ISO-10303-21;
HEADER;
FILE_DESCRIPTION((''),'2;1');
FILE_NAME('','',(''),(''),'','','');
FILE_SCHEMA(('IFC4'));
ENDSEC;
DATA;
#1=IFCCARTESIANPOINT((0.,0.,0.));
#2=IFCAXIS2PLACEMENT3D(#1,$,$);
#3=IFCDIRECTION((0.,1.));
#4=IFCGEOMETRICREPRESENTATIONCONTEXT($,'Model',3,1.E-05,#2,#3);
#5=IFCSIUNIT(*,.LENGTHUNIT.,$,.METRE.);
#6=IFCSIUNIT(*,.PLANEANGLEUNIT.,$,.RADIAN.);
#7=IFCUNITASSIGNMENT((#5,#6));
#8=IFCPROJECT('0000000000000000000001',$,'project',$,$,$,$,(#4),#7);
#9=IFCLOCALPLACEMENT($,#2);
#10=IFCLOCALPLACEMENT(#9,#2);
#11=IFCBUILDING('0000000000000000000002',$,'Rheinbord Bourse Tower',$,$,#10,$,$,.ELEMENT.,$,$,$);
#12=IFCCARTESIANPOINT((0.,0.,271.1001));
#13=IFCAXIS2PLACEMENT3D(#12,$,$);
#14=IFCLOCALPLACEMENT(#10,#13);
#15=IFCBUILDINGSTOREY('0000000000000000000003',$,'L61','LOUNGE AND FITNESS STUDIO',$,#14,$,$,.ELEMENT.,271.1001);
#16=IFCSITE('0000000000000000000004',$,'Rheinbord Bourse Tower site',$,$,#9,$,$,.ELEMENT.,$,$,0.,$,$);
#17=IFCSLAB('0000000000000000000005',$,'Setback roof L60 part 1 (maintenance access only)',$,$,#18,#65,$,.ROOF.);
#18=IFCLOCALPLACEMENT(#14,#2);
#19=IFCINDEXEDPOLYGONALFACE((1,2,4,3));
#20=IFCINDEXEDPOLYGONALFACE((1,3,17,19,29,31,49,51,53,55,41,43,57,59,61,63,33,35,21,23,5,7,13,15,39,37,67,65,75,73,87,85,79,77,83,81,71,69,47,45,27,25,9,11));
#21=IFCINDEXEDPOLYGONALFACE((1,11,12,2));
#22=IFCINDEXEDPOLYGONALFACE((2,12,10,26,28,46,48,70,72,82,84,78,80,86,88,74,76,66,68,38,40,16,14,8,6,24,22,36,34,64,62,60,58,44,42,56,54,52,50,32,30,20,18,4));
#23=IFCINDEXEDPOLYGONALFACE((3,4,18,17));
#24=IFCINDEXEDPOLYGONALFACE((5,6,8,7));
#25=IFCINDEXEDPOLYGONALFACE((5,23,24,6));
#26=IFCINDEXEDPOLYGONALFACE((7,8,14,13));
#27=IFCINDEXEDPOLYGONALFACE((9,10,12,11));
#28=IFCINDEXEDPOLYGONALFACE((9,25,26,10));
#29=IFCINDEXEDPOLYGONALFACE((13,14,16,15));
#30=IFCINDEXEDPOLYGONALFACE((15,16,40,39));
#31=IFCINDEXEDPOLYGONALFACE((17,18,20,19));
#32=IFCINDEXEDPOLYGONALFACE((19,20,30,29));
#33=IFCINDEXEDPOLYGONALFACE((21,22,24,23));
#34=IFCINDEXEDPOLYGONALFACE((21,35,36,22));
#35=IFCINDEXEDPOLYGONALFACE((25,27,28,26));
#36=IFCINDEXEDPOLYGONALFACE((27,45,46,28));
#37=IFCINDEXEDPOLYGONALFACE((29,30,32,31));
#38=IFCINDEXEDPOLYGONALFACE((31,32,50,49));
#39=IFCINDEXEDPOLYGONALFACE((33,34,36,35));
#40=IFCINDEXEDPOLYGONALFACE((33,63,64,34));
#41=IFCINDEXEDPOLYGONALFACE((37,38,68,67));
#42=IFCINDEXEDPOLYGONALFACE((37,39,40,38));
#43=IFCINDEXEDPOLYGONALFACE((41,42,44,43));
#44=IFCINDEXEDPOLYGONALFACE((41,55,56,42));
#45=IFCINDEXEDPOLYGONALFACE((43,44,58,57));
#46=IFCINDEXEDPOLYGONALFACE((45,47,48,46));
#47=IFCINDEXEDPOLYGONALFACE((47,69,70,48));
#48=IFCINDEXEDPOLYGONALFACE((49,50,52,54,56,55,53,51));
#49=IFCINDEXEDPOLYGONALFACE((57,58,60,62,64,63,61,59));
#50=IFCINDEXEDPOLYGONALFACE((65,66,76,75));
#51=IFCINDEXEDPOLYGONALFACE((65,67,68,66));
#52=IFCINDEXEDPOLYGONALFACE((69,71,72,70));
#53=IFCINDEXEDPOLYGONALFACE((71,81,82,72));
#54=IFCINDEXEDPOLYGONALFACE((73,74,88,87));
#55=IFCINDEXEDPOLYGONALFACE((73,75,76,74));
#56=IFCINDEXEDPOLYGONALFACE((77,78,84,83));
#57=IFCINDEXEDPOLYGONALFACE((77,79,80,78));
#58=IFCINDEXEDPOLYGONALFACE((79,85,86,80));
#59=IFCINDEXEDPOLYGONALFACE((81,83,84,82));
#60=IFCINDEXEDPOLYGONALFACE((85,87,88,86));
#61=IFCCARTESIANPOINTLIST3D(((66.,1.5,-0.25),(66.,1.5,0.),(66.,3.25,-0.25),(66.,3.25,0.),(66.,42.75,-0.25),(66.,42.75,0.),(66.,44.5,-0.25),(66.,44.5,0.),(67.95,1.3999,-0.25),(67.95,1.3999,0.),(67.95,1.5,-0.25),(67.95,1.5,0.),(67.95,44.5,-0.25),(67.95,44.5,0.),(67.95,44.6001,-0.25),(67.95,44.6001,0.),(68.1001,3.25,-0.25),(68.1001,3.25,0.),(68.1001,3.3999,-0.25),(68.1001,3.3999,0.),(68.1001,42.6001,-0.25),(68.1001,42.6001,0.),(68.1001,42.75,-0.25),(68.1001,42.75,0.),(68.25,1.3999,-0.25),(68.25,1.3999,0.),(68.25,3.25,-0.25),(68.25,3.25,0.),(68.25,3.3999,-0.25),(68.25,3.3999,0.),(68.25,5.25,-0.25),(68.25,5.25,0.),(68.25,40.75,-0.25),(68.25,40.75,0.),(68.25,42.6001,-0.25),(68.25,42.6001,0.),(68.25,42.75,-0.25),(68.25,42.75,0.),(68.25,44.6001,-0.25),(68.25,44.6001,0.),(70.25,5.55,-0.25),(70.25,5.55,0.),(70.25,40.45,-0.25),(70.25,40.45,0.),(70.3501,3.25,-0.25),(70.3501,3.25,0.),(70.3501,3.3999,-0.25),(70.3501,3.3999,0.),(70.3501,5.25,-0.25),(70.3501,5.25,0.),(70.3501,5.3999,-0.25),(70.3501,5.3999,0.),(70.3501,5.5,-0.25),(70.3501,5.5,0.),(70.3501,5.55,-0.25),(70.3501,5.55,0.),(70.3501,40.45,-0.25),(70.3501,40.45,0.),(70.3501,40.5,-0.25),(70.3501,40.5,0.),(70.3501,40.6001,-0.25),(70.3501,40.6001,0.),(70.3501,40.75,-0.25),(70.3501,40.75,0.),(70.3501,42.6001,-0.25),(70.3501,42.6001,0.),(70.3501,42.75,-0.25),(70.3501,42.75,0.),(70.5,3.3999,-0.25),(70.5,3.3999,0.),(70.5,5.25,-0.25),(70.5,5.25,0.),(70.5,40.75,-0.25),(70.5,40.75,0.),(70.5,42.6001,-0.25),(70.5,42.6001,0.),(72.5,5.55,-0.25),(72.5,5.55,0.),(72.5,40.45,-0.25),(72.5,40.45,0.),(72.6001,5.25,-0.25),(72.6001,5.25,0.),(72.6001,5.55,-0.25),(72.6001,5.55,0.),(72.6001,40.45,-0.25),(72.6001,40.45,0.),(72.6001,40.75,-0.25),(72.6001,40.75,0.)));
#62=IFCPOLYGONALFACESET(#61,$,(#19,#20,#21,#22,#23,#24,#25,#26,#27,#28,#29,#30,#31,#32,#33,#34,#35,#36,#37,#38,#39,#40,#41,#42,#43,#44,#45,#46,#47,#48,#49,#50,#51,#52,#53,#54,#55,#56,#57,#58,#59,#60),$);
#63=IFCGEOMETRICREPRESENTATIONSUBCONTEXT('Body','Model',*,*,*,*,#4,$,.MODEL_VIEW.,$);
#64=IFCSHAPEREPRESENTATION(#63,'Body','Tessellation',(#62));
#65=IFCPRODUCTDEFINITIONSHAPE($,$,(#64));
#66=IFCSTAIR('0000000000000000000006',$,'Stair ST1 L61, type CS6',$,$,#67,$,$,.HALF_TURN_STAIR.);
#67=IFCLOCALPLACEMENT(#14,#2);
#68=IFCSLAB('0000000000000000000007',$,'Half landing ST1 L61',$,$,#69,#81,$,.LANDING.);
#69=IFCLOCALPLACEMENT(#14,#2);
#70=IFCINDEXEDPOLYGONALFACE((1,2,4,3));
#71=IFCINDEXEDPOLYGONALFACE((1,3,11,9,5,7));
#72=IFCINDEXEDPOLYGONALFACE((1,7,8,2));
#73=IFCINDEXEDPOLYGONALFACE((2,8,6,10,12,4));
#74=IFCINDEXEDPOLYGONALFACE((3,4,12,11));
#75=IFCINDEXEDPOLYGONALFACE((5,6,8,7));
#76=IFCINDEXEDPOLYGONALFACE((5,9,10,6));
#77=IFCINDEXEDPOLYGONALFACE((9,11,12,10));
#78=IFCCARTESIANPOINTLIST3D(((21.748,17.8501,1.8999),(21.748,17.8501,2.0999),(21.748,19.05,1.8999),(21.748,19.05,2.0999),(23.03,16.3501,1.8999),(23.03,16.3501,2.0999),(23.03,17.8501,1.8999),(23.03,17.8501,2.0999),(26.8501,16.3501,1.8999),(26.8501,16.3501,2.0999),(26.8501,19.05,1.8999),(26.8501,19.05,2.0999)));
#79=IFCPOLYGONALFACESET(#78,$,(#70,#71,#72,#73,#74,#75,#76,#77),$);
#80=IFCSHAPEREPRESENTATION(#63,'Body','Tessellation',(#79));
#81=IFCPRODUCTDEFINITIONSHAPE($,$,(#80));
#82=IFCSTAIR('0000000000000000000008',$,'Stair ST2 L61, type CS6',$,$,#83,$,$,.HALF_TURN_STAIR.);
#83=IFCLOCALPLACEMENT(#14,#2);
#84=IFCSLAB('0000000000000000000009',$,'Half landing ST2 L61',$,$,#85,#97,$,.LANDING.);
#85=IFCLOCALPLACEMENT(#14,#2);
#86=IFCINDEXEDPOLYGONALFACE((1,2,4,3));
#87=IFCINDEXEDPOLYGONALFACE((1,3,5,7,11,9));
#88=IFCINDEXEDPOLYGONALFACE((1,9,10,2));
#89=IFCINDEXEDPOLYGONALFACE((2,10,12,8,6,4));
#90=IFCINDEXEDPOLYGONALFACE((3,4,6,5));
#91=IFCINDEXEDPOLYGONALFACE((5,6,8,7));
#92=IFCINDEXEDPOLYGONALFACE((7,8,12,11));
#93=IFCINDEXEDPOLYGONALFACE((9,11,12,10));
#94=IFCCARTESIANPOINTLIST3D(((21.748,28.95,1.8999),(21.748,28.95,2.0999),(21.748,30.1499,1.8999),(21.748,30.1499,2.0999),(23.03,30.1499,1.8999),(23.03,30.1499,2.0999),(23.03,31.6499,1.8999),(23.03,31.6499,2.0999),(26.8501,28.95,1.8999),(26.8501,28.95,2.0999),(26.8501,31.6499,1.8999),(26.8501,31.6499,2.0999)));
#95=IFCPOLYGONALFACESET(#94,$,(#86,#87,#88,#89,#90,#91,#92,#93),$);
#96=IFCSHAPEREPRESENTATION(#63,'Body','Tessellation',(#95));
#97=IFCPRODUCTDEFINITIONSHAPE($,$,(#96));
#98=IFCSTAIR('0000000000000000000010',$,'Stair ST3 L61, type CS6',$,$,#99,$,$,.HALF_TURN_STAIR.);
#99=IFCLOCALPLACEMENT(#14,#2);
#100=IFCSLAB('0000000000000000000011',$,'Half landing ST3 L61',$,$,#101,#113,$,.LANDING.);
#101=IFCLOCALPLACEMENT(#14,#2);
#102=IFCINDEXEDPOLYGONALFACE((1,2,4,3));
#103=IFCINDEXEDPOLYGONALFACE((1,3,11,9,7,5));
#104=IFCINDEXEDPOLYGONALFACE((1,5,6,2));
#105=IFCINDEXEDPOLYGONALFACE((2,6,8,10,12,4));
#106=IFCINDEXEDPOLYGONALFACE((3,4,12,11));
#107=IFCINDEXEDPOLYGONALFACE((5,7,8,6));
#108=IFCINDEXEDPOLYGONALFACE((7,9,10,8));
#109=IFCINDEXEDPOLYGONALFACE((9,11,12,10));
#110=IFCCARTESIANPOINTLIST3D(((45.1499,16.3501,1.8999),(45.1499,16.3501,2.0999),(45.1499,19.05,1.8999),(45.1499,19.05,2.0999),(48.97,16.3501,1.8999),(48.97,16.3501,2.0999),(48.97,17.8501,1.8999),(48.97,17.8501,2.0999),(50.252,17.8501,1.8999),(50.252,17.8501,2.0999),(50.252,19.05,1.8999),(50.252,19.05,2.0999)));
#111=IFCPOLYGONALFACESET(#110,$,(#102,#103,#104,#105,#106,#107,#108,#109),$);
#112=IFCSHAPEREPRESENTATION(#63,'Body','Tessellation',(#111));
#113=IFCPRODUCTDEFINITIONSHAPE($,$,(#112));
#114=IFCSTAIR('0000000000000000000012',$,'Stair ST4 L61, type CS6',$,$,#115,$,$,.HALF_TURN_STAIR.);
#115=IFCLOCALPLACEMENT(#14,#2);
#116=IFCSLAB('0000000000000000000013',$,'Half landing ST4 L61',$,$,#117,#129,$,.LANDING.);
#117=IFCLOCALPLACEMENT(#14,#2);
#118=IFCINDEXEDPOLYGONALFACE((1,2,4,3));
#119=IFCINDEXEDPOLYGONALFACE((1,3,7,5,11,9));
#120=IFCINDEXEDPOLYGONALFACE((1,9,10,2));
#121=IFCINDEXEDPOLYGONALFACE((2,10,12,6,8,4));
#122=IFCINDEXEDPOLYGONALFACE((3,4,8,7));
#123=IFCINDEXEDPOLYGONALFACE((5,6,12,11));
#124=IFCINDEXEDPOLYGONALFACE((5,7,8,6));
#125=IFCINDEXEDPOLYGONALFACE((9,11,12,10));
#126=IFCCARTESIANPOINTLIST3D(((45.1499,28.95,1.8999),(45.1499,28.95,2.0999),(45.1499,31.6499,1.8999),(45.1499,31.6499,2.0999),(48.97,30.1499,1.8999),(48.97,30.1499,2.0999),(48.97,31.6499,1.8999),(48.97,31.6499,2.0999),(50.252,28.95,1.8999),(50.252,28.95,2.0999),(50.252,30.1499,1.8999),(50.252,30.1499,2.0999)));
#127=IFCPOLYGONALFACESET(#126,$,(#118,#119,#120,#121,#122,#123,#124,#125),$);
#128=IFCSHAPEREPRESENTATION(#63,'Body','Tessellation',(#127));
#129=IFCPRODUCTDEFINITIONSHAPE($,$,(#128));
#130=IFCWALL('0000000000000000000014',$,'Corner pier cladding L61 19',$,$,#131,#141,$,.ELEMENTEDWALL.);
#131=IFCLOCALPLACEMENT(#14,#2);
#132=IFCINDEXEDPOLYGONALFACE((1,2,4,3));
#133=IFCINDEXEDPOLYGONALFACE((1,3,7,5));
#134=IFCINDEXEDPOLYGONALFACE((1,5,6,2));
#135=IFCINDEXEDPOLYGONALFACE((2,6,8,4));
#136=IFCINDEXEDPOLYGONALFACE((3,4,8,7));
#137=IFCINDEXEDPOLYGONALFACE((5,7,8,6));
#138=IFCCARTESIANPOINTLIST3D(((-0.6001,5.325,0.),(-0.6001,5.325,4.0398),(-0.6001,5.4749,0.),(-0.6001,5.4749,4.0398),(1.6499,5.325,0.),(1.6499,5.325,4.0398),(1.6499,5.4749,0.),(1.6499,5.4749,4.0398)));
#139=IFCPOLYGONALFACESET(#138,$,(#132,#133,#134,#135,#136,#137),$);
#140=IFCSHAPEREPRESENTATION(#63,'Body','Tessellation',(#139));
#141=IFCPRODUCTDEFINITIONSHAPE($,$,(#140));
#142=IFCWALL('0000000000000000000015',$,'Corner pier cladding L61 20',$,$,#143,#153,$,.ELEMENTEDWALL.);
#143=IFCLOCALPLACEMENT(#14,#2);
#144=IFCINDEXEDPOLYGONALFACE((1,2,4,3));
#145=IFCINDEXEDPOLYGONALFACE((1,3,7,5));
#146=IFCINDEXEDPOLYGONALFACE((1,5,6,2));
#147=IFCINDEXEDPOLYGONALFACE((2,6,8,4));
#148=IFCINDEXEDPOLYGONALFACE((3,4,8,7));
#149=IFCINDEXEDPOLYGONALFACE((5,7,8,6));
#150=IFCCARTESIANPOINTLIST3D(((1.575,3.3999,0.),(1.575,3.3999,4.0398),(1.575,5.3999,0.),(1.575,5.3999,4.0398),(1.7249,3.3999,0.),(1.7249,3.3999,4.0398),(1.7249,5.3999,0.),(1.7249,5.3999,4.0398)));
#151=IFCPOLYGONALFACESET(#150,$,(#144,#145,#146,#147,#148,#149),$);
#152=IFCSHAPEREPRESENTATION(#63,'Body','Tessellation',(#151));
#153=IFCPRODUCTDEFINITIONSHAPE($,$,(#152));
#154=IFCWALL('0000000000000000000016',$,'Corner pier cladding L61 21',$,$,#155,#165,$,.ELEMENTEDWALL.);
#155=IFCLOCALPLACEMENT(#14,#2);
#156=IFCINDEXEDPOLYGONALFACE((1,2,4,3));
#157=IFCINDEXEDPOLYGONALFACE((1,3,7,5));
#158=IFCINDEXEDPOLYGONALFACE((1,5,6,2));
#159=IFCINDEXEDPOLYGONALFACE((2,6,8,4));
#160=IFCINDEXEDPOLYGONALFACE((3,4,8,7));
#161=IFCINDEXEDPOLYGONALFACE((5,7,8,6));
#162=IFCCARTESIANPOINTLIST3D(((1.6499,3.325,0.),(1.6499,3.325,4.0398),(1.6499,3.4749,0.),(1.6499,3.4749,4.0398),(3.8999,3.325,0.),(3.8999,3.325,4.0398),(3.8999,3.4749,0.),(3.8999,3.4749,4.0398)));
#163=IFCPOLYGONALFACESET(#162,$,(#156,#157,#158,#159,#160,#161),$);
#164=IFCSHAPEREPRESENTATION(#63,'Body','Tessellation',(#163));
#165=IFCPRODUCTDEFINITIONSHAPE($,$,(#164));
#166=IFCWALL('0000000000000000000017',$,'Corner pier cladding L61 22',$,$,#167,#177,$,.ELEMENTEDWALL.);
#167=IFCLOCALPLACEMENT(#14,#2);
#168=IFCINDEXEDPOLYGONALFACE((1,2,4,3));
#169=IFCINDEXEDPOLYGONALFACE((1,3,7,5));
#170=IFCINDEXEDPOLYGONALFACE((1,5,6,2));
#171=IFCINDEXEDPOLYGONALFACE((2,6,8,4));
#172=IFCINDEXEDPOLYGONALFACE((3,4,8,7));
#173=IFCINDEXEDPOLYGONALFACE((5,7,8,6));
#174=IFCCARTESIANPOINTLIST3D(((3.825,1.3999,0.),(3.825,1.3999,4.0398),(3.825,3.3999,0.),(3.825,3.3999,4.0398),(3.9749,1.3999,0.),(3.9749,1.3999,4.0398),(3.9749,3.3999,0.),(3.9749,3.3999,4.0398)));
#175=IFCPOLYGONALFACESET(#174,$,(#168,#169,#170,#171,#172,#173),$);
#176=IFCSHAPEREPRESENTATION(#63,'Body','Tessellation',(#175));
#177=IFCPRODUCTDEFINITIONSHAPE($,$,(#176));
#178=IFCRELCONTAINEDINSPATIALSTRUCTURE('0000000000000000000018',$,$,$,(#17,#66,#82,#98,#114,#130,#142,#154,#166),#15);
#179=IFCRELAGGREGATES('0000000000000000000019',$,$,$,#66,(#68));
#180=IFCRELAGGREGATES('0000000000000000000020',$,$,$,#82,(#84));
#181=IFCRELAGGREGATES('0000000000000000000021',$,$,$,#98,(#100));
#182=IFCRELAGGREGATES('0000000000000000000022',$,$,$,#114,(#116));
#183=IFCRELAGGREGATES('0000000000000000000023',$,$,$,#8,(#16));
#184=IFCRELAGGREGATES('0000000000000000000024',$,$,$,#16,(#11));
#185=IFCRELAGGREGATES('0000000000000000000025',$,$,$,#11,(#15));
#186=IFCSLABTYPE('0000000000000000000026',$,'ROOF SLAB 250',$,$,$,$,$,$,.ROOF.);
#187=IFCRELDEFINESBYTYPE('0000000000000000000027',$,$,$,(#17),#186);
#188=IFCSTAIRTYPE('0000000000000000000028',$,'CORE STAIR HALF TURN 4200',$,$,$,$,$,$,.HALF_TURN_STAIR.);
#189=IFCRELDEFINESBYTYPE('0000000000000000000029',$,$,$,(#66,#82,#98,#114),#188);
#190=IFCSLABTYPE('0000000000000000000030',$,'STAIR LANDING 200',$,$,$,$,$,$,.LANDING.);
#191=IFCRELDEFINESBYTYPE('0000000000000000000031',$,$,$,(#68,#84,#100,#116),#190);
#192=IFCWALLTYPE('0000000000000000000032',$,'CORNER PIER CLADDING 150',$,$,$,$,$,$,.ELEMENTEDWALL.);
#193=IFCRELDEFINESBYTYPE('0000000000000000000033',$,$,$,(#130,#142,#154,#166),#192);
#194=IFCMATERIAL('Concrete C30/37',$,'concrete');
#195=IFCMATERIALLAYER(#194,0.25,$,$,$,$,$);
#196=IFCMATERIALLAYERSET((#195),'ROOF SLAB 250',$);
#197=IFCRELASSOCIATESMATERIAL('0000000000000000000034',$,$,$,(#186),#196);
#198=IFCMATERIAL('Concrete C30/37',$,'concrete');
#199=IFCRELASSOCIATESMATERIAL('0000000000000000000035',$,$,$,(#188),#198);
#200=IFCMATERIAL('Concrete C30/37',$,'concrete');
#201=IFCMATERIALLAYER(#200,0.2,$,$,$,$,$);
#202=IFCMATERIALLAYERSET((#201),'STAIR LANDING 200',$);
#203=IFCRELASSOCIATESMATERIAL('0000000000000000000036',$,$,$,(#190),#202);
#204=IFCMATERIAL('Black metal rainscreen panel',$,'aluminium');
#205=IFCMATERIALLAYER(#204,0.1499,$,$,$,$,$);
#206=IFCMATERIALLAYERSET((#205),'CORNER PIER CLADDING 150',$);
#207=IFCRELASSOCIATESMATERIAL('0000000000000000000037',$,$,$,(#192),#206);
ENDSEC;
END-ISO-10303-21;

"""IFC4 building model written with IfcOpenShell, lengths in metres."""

from ifc_helpers import new_model, si_unit, direction, frame, frame_2d, origin, place, context, subcontext, project, spatial, polyline, rectangle, outline, extrude, material, layer, layer_set, type_object, element, aggregate, save


model = new_model("IFC4")

# Units and contexts
model_context = context("Model", 3, precision=1e-05, world=origin(), true_north=direction((0.0, 1.0)))
body_context = subcontext(model_context, "Body", "Model", "MODEL_VIEW")
ifc_project = project(units=[si_unit("LENGTHUNIT", "METRE"), si_unit("PLANEANGLEUNIT", "RADIAN")], contexts=[model_context])

# Site, building, storey
site_placement = place(None, origin())
site = spatial("IfcSite", under=ifc_project, at=site_placement, Name="Rheinbord Bourse Tower site", CompositionType="ELEMENT", RefElevation=0.0)
building_placement = place(site_placement, origin())
building = spatial("IfcBuilding", under=site, at=building_placement, Name="Rheinbord Bourse Tower", CompositionType="ELEMENT")
storey_placement = place(building_placement, frame((0.0, 0.0, 271.1001)))
storey = spatial("IfcBuildingStorey", under=building, at=storey_placement, Name="L61", Description="LOUNGE AND FITNESS STUDIO", CompositionType="ELEMENT", Elevation=271.1001)

# Slab
ifc_material_1 = material(Name="Concrete C30/37", Category="concrete")
ifc_layer_1 = layer(ifc_material_1, 0.25)
ifc_layer_set_1 = layer_set([ifc_layer_1], Name="ROOF SLAB 250")
slab_type_1 = type_object("IfcSlabType", Name="ROOF SLAB 250", PredefinedType="ROOF", material=ifc_layer_set_1)
slab_1_placement = place(storey_placement, frame((0.0, 0.0, -0.25)))
element("IfcSlab", 1, at=slab_1_placement, inside=storey, type_object=slab_type_1, Name="Setback roof L60 part 1 (maintenance access only)", PredefinedType="ROOF", context=body_context, shape_type="SweptSolid", body=[
    extrude(outline(polyline([(67.95, 44.5), (67.95, 44.6001), (68.25, 44.6001), (68.25, 42.75), (70.3501, 42.75), (70.3501, 42.6001), (70.5, 42.6001), (70.5, 40.75), (72.6001, 40.75), (72.6001, 40.45), (72.5, 40.45), (72.5, 5.55), (72.6001, 5.55), (72.6001, 5.25), (70.5, 5.25), (70.5, 3.3999), (70.3501, 3.3999), (70.3501, 3.25), (68.25, 3.25), (68.25, 1.3999), (67.95, 1.3999), (67.95, 1.5), (66.0, 1.5), (66.0, 3.25), (68.1001, 3.25), (68.1001, 3.3999), (68.25, 3.3999), (68.25, 5.25), (70.3501, 5.25), (70.3501, 5.3999), (70.3501, 5.5), (70.3501, 5.55), (70.25, 5.55), (70.25, 40.45), (70.3501, 40.45), (70.3501, 40.5), (70.3501, 40.6001), (70.3501, 40.75), (68.25, 40.75), (68.25, 42.6001), (68.1001, 42.6001), (68.1001, 42.75), (66.0, 42.75), (66.0, 44.5), (67.95, 44.5)])), origin(), (0.0, 0.0, 1.0), 0.25),
])

# Stairs, slabs
ifc_material_2 = material(Name="Concrete C30/37", Category="concrete")
stair_type = type_object("IfcStairType", Name="CORE STAIR HALF TURN 4200", PredefinedType="HALF_TURN_STAIR", material=ifc_material_2)
stair_1_placement = place(storey_placement, origin())
stair_1 = element("IfcStair", 2, at=stair_1_placement, inside=storey, type_object=stair_type, Name="Stair ST1 L61, type CS6", PredefinedType="HALF_TURN_STAIR")
ifc_material_3 = material(Name="Concrete C30/37", Category="concrete")
ifc_layer_2 = layer(ifc_material_3, 0.2)
ifc_layer_set_2 = layer_set([ifc_layer_2], Name="STAIR LANDING 200")
slab_type_2 = type_object("IfcSlabType", Name="STAIR LANDING 200", PredefinedType="LANDING", material=ifc_layer_set_2)
slab_2_placement = place(storey_placement, frame((0.0, 0.0, 1.8999)))
slab_2 = element("IfcSlab", 3, at=slab_2_placement, type_object=slab_type_2, Name="Half landing ST1 L61", PredefinedType="LANDING", context=body_context, shape_type="SweptSolid", body=[
    extrude(outline(polyline([(23.03, 16.3501), (26.8501, 16.3501), (26.8501, 19.05), (21.748, 19.05), (21.748, 17.8501), (23.03, 17.8501), (23.03, 16.3501)])), origin(), (0.0, 0.0, 1.0), 0.2),
])
aggregate(stair_1, [slab_2])
stair_2_placement = place(storey_placement, origin())
stair_2 = element("IfcStair", 4, at=stair_2_placement, inside=storey, type_object=stair_type, Name="Stair ST2 L61, type CS6", PredefinedType="HALF_TURN_STAIR")
slab_3_placement = place(storey_placement, frame((0.0, 0.0, 1.8999)))
slab_3 = element("IfcSlab", 5, at=slab_3_placement, type_object=slab_type_2, Name="Half landing ST2 L61", PredefinedType="LANDING", context=body_context, shape_type="SweptSolid", body=[
    extrude(outline(polyline([(21.748, 28.95), (26.8501, 28.95), (26.8501, 31.6499), (23.03, 31.6499), (23.03, 30.1499), (21.748, 30.1499), (21.748, 28.95)])), origin(), (0.0, 0.0, 1.0), 0.2),
])
aggregate(stair_2, [slab_3])
stair_3_placement = place(storey_placement, origin())
stair_3 = element("IfcStair", 6, at=stair_3_placement, inside=storey, type_object=stair_type, Name="Stair ST3 L61, type CS6", PredefinedType="HALF_TURN_STAIR")
slab_4_placement = place(storey_placement, frame((0.0, 0.0, 1.8999)))
slab_4 = element("IfcSlab", 7, at=slab_4_placement, type_object=slab_type_2, Name="Half landing ST3 L61", PredefinedType="LANDING", context=body_context, shape_type="SweptSolid", body=[
    extrude(outline(polyline([(45.1499, 16.3501), (48.97, 16.3501), (48.97, 17.8501), (50.252, 17.8501), (50.252, 19.05), (45.1499, 19.05), (45.1499, 16.3501)])), origin(), (0.0, 0.0, 1.0), 0.2),
])
aggregate(stair_3, [slab_4])
stair_4_placement = place(storey_placement, origin())
stair_4 = element("IfcStair", 8, at=stair_4_placement, inside=storey, type_object=stair_type, Name="Stair ST4 L61, type CS6", PredefinedType="HALF_TURN_STAIR")
slab_5_placement = place(storey_placement, frame((0.0, 0.0, 1.8999)))
slab_5 = element("IfcSlab", 9, at=slab_5_placement, type_object=slab_type_2, Name="Half landing ST4 L61", PredefinedType="LANDING", context=body_context, shape_type="SweptSolid", body=[
    extrude(outline(polyline([(45.1499, 28.95), (50.252, 28.95), (50.252, 30.1499), (48.97, 30.1499), (48.97, 31.6499), (45.1499, 31.6499), (45.1499, 28.95)])), origin(), (0.0, 0.0, 1.0), 0.2),
])
aggregate(stair_4, [slab_5])

# Walls
ifc_material_4 = material(Name="Black metal rainscreen panel", Category="aluminium")
ifc_layer_3 = layer(ifc_material_4, 0.1499)
ifc_layer_set_3 = layer_set([ifc_layer_3], Name="CORNER PIER CLADDING 150")
wall_type = type_object("IfcWallType", Name="CORNER PIER CLADDING 150", PredefinedType="ELEMENTEDWALL", material=ifc_layer_set_3)
wall_1_placement = place(storey_placement, frame((-0.6001, 5.3999, 0.0), z_axis=(0.0, 0.0, 1.0), x_axis=(1.0, 0.0, 0.0)))
element("IfcWall", 10, at=wall_1_placement, inside=storey, type_object=wall_type, Name="Corner pier cladding L61 19", PredefinedType="ELEMENTEDWALL", context=body_context, shape_type="SweptSolid", body=[
    extrude(rectangle(XDim=2.25, YDim=0.1499, at=frame_2d((1.125, 0.0))), origin(), (0.0, 0.0, 1.0), 4.0398),
])
wall_2_placement = place(storey_placement, frame((1.6499, 5.3999, 0.0), z_axis=(0.0, 0.0, 1.0), x_axis=(0.0, -1.0, 0.0)))
element("IfcWall", 11, at=wall_2_placement, inside=storey, type_object=wall_type, Name="Corner pier cladding L61 20", PredefinedType="ELEMENTEDWALL", context=body_context, shape_type="SweptSolid", body=[
    extrude(rectangle(XDim=2.0, YDim=0.1499, at=frame_2d((1.0, 0.0))), origin(), (0.0, 0.0, 1.0), 4.0398),
])
wall_3_placement = place(storey_placement, frame((1.6499, 3.3999, 0.0), z_axis=(0.0, 0.0, 1.0), x_axis=(1.0, 0.0, 0.0)))
element("IfcWall", 12, at=wall_3_placement, inside=storey, type_object=wall_type, Name="Corner pier cladding L61 21", PredefinedType="ELEMENTEDWALL", context=body_context, shape_type="SweptSolid", body=[
    extrude(rectangle(XDim=2.25, YDim=0.1499, at=frame_2d((1.125, 0.0))), origin(), (0.0, 0.0, 1.0), 4.0398),
])
wall_4_placement = place(storey_placement, frame((3.8999, 3.3999, 0.0), z_axis=(0.0, 0.0, 1.0), x_axis=(0.0, -1.0, 0.0)))
element("IfcWall", 13, at=wall_4_placement, inside=storey, type_object=wall_type, Name="Corner pier cladding L61 22", PredefinedType="ELEMENTEDWALL", context=body_context, shape_type="SweptSolid", body=[
    extrude(rectangle(XDim=2.0, YDim=0.1499, at=frame_2d((1.0, 0.0))), origin(), (0.0, 0.0, 1.0), 4.0398),
])

save(model, "model.ifc")
